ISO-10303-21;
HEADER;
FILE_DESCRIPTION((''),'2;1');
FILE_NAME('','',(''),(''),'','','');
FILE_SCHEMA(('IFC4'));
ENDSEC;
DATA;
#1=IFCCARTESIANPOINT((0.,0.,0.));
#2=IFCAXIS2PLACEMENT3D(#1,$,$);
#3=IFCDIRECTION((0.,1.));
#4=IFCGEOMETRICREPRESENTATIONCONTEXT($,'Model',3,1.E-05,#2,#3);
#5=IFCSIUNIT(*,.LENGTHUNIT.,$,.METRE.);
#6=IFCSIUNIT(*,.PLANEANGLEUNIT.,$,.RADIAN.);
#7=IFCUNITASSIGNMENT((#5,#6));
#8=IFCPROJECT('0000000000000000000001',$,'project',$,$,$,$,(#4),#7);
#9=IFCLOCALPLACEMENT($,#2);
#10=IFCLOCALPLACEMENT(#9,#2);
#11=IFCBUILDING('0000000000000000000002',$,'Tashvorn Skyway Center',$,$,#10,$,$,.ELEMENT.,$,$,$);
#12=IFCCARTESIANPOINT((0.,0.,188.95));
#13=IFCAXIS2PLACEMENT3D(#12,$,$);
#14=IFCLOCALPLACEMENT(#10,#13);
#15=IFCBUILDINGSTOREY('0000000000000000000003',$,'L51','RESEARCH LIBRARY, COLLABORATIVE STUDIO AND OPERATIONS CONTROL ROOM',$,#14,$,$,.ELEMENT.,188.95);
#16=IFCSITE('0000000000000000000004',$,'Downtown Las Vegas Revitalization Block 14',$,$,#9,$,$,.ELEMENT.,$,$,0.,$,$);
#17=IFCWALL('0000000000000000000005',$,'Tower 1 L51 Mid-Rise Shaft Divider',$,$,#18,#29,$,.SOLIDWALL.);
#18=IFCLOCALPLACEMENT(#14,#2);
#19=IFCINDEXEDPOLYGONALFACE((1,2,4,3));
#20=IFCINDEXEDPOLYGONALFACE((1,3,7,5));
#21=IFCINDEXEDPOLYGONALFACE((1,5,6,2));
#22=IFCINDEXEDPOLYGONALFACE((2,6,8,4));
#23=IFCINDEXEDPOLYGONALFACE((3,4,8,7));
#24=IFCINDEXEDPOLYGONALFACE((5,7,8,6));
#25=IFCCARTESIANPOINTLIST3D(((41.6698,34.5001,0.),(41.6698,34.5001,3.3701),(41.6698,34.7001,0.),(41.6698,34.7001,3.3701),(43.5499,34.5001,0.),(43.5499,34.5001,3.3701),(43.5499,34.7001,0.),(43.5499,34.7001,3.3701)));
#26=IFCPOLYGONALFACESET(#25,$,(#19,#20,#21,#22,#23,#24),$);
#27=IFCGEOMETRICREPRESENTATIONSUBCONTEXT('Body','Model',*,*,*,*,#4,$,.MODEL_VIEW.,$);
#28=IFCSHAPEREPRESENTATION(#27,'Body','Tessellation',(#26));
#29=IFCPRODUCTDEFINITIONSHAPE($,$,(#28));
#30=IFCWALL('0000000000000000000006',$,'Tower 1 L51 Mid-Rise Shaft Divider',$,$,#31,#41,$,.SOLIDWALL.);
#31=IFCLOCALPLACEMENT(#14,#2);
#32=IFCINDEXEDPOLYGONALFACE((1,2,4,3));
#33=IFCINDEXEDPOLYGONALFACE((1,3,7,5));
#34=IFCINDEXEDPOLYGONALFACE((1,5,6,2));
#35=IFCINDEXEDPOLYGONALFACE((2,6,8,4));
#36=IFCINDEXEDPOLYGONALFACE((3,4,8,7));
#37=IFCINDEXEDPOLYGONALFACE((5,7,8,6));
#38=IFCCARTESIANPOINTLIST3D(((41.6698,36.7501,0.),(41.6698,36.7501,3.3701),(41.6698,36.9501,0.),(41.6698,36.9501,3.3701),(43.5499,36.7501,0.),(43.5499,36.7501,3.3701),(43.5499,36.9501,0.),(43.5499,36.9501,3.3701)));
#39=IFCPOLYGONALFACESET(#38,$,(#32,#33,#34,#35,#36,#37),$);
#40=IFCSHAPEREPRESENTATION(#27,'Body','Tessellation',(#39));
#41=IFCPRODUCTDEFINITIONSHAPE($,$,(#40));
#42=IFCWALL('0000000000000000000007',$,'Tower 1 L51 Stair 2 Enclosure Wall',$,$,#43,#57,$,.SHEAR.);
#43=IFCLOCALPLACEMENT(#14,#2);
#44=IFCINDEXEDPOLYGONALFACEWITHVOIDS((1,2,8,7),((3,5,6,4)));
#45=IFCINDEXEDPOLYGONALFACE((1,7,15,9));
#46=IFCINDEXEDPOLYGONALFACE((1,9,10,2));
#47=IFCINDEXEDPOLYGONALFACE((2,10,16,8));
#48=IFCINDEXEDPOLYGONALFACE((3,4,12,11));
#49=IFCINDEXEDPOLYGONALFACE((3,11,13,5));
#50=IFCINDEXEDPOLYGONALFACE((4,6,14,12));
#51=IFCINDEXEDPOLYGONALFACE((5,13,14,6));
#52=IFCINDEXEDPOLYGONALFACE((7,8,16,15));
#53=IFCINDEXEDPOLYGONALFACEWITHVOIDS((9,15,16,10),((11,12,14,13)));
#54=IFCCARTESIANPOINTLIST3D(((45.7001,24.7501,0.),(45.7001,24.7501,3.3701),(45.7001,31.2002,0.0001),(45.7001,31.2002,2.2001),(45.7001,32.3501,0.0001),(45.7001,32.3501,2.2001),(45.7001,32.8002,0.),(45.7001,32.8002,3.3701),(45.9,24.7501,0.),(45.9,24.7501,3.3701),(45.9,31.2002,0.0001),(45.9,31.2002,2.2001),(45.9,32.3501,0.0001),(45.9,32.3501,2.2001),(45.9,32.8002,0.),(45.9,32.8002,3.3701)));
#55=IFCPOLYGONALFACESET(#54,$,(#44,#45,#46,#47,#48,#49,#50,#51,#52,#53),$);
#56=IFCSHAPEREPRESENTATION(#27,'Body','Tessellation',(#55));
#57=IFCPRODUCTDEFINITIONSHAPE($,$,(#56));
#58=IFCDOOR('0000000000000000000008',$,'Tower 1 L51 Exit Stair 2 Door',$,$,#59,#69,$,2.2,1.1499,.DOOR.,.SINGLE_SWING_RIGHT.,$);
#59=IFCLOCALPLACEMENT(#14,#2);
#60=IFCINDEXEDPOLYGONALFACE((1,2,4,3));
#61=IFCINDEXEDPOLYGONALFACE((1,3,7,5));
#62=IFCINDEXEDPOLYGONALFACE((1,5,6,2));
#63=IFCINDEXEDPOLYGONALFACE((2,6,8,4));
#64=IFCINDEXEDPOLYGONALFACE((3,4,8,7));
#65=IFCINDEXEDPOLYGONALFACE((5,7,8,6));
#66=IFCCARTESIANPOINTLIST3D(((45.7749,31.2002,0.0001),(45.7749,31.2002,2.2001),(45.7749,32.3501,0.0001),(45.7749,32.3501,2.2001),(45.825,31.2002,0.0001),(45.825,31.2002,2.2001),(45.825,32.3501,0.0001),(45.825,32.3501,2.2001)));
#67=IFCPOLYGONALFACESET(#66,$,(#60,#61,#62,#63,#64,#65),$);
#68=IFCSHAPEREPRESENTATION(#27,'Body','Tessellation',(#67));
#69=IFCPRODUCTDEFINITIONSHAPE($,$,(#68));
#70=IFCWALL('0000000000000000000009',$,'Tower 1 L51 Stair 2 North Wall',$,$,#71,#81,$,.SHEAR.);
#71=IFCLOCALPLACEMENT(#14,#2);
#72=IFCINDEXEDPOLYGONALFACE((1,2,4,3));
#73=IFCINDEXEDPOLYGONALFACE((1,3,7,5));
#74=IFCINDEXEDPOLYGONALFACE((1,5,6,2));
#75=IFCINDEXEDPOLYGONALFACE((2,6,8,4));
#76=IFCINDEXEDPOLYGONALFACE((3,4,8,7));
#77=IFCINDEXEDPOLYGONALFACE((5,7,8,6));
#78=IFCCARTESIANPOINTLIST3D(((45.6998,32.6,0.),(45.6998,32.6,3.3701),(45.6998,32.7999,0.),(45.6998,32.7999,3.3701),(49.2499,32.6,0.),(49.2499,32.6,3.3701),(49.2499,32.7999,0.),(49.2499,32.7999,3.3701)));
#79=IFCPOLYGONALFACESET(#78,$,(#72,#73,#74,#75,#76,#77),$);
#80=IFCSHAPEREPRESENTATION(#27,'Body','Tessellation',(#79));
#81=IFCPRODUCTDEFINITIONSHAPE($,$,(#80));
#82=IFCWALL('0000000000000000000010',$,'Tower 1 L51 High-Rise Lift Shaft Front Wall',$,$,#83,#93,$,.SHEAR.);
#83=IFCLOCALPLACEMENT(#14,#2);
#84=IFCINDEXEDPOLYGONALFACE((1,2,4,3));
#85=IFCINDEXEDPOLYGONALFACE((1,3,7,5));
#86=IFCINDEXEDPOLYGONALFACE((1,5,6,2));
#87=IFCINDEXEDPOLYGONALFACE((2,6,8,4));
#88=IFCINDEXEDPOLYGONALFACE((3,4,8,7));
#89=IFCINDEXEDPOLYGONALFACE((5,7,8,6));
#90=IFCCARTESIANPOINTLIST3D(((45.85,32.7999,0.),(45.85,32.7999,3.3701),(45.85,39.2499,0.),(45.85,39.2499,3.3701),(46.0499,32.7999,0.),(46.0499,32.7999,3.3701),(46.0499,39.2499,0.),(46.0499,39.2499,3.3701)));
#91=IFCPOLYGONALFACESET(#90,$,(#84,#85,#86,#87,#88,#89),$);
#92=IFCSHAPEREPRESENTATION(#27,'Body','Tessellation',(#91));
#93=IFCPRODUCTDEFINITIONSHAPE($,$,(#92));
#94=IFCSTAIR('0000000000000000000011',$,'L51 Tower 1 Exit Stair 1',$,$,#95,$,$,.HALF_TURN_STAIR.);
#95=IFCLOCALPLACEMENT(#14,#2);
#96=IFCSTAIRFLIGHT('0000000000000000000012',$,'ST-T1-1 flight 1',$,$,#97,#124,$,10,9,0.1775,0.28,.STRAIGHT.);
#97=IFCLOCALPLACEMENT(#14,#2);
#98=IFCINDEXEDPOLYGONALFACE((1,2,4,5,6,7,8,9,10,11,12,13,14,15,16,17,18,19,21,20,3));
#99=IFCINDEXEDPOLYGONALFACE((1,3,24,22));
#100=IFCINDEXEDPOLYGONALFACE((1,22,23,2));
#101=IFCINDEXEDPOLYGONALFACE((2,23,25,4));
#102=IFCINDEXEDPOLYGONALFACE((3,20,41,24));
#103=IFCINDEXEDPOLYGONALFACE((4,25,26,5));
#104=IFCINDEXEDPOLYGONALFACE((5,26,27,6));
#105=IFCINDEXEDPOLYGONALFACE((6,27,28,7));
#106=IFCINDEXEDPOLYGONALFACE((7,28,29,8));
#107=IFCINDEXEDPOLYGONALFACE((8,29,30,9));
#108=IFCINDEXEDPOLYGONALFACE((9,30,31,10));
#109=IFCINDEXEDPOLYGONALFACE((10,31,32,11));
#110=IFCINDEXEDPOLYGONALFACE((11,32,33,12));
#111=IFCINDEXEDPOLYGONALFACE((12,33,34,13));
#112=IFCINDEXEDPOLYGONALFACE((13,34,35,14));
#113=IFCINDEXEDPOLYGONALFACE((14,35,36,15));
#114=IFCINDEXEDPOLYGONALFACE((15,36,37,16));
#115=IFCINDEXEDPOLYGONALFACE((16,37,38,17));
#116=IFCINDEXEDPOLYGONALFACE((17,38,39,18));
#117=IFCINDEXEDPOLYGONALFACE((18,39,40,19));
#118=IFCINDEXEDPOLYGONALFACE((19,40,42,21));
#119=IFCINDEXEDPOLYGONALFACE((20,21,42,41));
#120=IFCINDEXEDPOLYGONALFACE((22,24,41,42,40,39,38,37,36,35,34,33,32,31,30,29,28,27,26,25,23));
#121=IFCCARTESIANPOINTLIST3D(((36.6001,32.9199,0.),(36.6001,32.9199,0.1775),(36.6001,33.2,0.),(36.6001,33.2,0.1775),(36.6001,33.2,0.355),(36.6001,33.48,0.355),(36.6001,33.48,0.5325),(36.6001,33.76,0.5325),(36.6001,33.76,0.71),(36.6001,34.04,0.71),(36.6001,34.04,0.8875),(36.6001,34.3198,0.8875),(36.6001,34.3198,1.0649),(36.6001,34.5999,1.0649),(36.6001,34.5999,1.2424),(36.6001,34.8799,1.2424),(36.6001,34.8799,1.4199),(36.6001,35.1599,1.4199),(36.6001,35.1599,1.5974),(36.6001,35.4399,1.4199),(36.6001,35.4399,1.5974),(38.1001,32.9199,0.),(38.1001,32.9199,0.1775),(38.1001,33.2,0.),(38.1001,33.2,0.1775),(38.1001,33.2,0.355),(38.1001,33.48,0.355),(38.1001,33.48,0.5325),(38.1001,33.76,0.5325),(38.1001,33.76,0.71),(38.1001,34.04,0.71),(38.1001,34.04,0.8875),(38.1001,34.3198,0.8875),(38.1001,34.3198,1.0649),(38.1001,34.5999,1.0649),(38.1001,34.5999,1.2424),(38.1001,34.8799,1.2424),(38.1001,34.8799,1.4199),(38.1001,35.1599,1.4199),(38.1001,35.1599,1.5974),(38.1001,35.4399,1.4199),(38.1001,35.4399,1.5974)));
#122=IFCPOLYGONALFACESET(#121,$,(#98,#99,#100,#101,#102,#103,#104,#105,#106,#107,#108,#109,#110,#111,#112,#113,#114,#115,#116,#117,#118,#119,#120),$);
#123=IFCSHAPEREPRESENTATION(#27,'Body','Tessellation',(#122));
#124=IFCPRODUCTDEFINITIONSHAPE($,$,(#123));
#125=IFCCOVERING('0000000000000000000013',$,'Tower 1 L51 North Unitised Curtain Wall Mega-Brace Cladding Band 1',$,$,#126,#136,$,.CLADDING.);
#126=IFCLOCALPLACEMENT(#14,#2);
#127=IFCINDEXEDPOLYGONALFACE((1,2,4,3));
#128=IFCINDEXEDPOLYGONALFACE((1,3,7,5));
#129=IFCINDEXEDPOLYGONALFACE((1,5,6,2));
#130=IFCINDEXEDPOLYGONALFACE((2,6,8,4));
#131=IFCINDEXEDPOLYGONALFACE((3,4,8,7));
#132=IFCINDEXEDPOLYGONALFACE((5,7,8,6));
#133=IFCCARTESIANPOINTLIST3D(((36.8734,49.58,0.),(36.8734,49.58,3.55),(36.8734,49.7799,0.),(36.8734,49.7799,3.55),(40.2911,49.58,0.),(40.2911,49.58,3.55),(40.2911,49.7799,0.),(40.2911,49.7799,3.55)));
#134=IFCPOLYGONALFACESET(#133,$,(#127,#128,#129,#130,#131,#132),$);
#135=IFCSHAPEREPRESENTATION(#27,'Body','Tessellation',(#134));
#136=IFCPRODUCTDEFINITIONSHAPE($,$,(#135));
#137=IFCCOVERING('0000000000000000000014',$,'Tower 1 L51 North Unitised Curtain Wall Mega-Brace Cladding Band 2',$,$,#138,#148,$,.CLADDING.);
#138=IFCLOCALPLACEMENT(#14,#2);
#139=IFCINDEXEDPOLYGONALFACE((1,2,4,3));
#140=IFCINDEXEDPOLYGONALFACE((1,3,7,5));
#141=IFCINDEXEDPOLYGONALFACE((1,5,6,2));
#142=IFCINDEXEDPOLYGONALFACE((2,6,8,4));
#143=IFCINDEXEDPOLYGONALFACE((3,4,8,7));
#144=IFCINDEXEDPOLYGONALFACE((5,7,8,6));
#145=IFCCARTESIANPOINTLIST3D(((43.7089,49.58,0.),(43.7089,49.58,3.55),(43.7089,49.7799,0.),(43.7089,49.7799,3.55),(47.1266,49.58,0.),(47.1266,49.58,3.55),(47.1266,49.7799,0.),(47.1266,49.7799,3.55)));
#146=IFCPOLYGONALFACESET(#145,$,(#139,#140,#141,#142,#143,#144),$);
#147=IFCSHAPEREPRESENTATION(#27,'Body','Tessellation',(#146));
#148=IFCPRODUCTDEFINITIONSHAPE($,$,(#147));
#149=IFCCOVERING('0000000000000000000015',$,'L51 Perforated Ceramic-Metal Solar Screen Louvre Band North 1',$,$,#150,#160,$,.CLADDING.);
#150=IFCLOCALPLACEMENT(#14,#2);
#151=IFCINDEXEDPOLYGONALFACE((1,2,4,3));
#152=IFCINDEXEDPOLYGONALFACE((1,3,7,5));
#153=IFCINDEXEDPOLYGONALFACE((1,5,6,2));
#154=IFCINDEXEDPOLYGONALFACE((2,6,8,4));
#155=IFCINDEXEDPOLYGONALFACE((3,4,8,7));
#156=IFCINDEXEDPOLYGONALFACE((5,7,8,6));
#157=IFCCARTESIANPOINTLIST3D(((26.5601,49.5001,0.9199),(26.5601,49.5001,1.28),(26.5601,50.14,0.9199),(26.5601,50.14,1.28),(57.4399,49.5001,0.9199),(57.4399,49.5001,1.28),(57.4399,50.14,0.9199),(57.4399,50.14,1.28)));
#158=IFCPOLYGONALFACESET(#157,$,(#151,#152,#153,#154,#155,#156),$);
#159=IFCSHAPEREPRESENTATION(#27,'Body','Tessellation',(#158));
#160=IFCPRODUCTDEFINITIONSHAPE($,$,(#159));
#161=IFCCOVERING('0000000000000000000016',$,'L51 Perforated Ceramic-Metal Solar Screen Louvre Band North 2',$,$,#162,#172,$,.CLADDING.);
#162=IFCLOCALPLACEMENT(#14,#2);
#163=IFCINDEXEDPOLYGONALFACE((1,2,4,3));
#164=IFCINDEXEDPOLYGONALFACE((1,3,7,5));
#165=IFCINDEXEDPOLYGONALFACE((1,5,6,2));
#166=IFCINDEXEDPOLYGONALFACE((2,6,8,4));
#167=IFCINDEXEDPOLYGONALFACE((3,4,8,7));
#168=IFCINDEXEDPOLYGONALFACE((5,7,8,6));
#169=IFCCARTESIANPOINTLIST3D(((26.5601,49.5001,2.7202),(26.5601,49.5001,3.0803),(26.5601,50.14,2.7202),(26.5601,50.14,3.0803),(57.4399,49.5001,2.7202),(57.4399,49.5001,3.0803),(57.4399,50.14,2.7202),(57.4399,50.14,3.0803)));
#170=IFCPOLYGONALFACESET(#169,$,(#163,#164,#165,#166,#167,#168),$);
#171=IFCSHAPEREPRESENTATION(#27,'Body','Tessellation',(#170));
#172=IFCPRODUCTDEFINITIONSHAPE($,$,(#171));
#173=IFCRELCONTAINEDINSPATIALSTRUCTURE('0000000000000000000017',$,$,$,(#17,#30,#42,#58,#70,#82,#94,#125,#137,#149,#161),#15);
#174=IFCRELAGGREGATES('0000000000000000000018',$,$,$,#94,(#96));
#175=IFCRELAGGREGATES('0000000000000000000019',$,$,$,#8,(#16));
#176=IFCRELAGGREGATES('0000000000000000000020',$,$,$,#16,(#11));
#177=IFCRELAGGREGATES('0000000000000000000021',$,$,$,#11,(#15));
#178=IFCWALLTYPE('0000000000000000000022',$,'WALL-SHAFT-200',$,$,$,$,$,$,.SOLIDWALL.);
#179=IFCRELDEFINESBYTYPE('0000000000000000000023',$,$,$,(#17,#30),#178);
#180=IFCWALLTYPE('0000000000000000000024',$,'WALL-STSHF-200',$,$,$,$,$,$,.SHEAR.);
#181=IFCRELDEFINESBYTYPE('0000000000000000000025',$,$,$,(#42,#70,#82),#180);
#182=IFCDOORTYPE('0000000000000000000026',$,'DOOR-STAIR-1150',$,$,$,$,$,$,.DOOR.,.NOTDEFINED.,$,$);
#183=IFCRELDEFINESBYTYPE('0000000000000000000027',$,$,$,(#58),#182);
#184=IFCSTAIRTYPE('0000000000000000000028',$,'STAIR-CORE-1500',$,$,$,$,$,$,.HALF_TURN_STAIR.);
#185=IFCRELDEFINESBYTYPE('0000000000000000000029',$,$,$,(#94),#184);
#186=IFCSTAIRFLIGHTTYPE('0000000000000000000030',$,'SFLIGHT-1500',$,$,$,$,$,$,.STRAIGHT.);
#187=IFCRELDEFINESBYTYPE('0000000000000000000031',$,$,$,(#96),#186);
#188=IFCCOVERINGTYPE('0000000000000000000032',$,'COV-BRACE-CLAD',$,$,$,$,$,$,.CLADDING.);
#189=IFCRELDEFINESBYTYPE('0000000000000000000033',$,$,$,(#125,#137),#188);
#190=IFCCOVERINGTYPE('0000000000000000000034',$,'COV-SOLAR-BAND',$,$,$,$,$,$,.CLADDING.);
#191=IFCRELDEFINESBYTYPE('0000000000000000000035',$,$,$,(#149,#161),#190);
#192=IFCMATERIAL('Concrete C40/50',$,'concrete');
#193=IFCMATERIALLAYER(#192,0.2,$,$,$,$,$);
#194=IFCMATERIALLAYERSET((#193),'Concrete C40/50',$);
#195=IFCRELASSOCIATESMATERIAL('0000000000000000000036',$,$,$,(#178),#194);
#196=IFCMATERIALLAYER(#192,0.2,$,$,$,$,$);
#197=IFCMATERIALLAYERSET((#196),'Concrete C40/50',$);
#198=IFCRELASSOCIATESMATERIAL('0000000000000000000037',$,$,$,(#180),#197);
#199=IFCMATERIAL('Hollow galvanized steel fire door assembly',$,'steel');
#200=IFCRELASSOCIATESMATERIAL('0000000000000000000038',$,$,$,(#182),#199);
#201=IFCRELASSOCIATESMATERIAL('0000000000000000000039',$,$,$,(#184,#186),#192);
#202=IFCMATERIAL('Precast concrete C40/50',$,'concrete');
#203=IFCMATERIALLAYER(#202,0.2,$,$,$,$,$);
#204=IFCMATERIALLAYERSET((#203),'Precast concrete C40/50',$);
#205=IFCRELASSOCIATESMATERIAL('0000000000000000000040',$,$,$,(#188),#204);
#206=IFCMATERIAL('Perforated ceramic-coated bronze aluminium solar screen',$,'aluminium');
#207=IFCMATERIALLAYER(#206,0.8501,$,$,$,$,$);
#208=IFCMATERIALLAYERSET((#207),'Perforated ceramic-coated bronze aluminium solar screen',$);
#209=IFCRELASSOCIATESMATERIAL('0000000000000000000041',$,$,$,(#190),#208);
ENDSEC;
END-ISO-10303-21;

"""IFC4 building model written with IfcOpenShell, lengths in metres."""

from ifc_helpers import new_model, si_unit, direction, frame, frame_2d, origin, origin_2d, place, context, subcontext, project, spatial, polyline, rectangle, outline, extrude, material, layer, layer_set, type_object, element, fill, aggregate, save


model = new_model("IFC4")

# Units and contexts
model_context = context("Model", 3, precision=1e-05, world=origin(), true_north=direction((0.0, 1.0)))
body_context = subcontext(model_context, "Body", "Model", "MODEL_VIEW")
ifc_project = project(units=[si_unit("LENGTHUNIT", "METRE"), si_unit("PLANEANGLEUNIT", "RADIAN")], contexts=[model_context])

# Site, building, storey
site_placement = place(None, origin())
site = spatial("IfcSite", under=ifc_project, at=site_placement, Name="Downtown Las Vegas Revitalization Block 14", CompositionType="ELEMENT", RefElevation=0.0)
building_placement = place(site_placement, origin())
building = spatial("IfcBuilding", under=site, at=building_placement, Name="Tashvorn Skyway Center", CompositionType="ELEMENT")
storey_placement = place(building_placement, frame((0.0, 0.0, 188.95)))
storey = spatial("IfcBuildingStorey", under=building, at=storey_placement, Name="L51", Description="RESEARCH LIBRARY, COLLABORATIVE STUDIO AND OPERATIONS CONTROL ROOM", CompositionType="ELEMENT", Elevation=188.95)

# Shared definitions
ifc_material_1 = material(Name="Concrete C40/50", Category="concrete")
ifc_material_2 = material(Name="Hollow galvanized steel fire door assembly", Category="steel")

# Walls
ifc_layer_1 = layer(ifc_material_1, 0.2)
ifc_layer_set_1 = layer_set([ifc_layer_1], Name="Concrete C40/50")
wall_type_1 = type_object("IfcWallType", Name="WALL-SHAFT-200", PredefinedType="SOLIDWALL", material=ifc_layer_set_1)
for number, where, z_axis, x_axis, name in (
    (1, (41.6699, 34.6001, 0.0), (0.0, 0.0, 1.0), (1.0, 0.0, 0.0), "Tower 1 L51 Mid-Rise Shaft Divider"),
    (2, (41.6699, 36.8501, 0.0), (0.0, 0.0, 1.0), (1.0, 0.0, 0.0), "Tower 1 L51 Mid-Rise Shaft Divider"),
):
    element("IfcWall", number, at=place(storey_placement, frame(where, z_axis=z_axis, x_axis=x_axis)), inside=storey, type_object=wall_type_1, Name=name, PredefinedType="SOLIDWALL", context=body_context, shape_type="SweptSolid", body=[
        extrude(rectangle(XDim=1.8801, YDim=0.2, at=frame_2d((0.9399, 0.0))), origin(), (0.0, 0.0, 1.0), 3.3701),
    ])

# Wall, opening, door
ifc_layer_2 = layer(ifc_material_1, 0.2)
ifc_layer_set_2 = layer_set([ifc_layer_2], Name="Concrete C40/50")
wall_type_2 = type_object("IfcWallType", Name="WALL-STSHF-200", PredefinedType="SHEAR", material=ifc_layer_set_2)
wall_1_placement = place(storey_placement, frame((45.8, 32.8, 0.0), z_axis=(0.0, 0.0, 1.0), x_axis=(0.0, -1.0, 0.0)))
wall_1 = element("IfcWall", 3, at=wall_1_placement, inside=storey, type_object=wall_type_2, Name="Tower 1 L51 Stair 2 Enclosure Wall", PredefinedType="SHEAR", context=body_context, shape_type="SweptSolid", body=[
    extrude(rectangle(XDim=8.05, YDim=0.2, at=frame_2d((4.0249, 0.0))), origin(), (0.0, 0.0, 1.0), 3.3701),
])
opening_1_placement = place(wall_1_placement, frame((0.45, 0.0, 0.0)))
opening_1 = element("IfcOpeningElement", 4, at=opening_1_placement, cuts=wall_1, PredefinedType="OPENING", context=body_context, shape_type="SweptSolid", body=[
    extrude(rectangle(XDim=1.1499, YDim=2.2, at=frame_2d((0.575, 1.1001))), frame((0.0, 0.1099, 0.0), z_axis=(0.0, -1.0, 0.0), x_axis=(1.0, 0.0, 0.0)), (0.0, 0.0, 1.0), 0.22),
])
door_type_1 = type_object("IfcDoorType", Name="DOOR-STAIR-1150", OperationType="NOTDEFINED", PredefinedType="DOOR", material=ifc_material_2)
door_1_placement = place(opening_1_placement, origin())
door_1 = element("IfcDoor", 5, at=door_1_placement, inside=storey, type_object=door_type_1, Name="Tower 1 L51 Exit Stair 2 Door", OperationType="SINGLE_SWING_RIGHT", OverallHeight=2.2, OverallWidth=1.1499, PredefinedType="DOOR", context=body_context, shape_type="SweptSolid", body=[
    extrude(rectangle(XDim=1.1499, YDim=2.2, at=frame_2d((0.575, 1.1001))), frame((0.0, 0.0249, 0.0), z_axis=(0.0, -1.0, 0.0), x_axis=(1.0, 0.0, 0.0)), (0.0, 0.0, 1.0), 0.05),
])
fill(opening_1, door_1)

# Walls
wall_2_placement = place(storey_placement, frame((45.7, 32.7, 0.0), z_axis=(0.0, 0.0, 1.0), x_axis=(1.0, 0.0, 0.0)))
element("IfcWall", 6, at=wall_2_placement, inside=storey, type_object=wall_type_2, Name="Tower 1 L51 Stair 2 North Wall", PredefinedType="SHEAR", context=body_context, shape_type="SweptSolid", body=[
    extrude(rectangle(XDim=3.55, YDim=0.2, at=frame_2d((1.7749, 0.0))), origin(), (0.0, 0.0, 1.0), 3.3701),
])
wall_3_placement = place(storey_placement, frame((45.95, 39.25, 0.0), z_axis=(0.0, 0.0, 1.0), x_axis=(0.0, -1.0, 0.0)))
element("IfcWall", 7, at=wall_3_placement, inside=storey, type_object=wall_type_2, Name="Tower 1 L51 High-Rise Lift Shaft Front Wall", PredefinedType="SHEAR", context=body_context, shape_type="SweptSolid", body=[
    extrude(rectangle(XDim=6.45, YDim=0.2, at=frame_2d((3.2251, 0.0))), origin(), (0.0, 0.0, 1.0), 3.3701),
])

# Stair, stair flight
stair_type = type_object("IfcStairType", Name="STAIR-CORE-1500", PredefinedType="HALF_TURN_STAIR", material=ifc_material_1)
stair_placement = place(storey_placement, origin())
stair = element("IfcStair", 8, at=stair_placement, inside=storey, type_object=stair_type, Name="L51 Tower 1 Exit Stair 1", PredefinedType="HALF_TURN_STAIR")
stair_flight_type = type_object("IfcStairFlightType", Name="SFLIGHT-1500", PredefinedType="STRAIGHT", material=ifc_material_1)
stair_flight_placement = place(storey_placement, frame((37.3501, 32.9199, 0.0), z_axis=(0.0, 0.0, 1.0), x_axis=(0.0, 1.0, 0.0)))
stair_flight = element("IfcStairFlight", 9, at=stair_flight_placement, type_object=stair_flight_type, Name="ST-T1-1 flight 1", NumberOfRisers=10, NumberOfTreads=9, PredefinedType="STRAIGHT", RiserHeight=0.1775, TreadLength=0.28, context=body_context, shape_type="SweptSolid", body=[
    extrude(outline(polyline([(0.0, 0.0), (0.0, 0.1775), (0.28, 0.1775), (0.28, 0.355), (0.5601, 0.355), (0.5601, 0.5325), (0.8401, 0.5325), (0.8401, 0.71), (1.1201, 0.71), (1.1201, 0.8875), (1.3999, 0.8875), (1.3999, 1.0649), (1.6799, 1.0649), (1.6799, 1.2424), (1.96, 1.2424), (1.96, 1.4199), (2.24, 1.4199), (2.24, 1.5974), (2.52, 1.5974), (2.52, 1.7749), (2.52, 1.4199), (0.28, 0.0), (0.0, 0.0)])), frame((0.0, 0.75, 0.0), z_axis=(0.0, -1.0, 0.0), x_axis=(1.0, 0.0, 0.0)), (0.0, 0.0, 1.0), 1.5),
])
aggregate(stair, [stair_flight])

# Coverings
ifc_material_3 = material(Name="Precast concrete C40/50", Category="concrete")
ifc_layer_3 = layer(ifc_material_3, 0.2)
ifc_layer_set_3 = layer_set([ifc_layer_3], Name="Precast concrete C40/50")
covering_type_1 = type_object("IfcCoveringType", Name="COV-BRACE-CLAD", PredefinedType="CLADDING", material=ifc_layer_set_3)
for number, where, z_axis, x_axis, name in (
    (10, (38.5823, 49.6799, 0.0), (0.0, 0.0, 1.0), (1.0, 0.0, 0.0), "Tower 1 L51 North Unitised Curtain Wall Mega-Brace Cladding Band 1"),
    (11, (45.4177, 49.6799, 0.0), (0.0, 0.0, 1.0), (1.0, 0.0, 0.0), "Tower 1 L51 North Unitised Curtain Wall Mega-Brace Cladding Band 2"),
):
    element("IfcCovering", number, at=place(storey_placement, frame(where, z_axis=z_axis, x_axis=x_axis)), inside=storey, type_object=covering_type_1, Name=name, PredefinedType="CLADDING", context=body_context, shape_type="SweptSolid", body=[
        extrude(rectangle(XDim=3.4177, YDim=0.2, at=origin_2d()), origin(), (0.0, 0.0, 1.0), 3.55),
    ])
ifc_material_4 = material(Name="Perforated ceramic-coated bronze aluminium solar screen", Category="aluminium")
ifc_layer_4 = layer(ifc_material_4, 0.8501)
ifc_layer_set_4 = layer_set([ifc_layer_4], Name="Perforated ceramic-coated bronze aluminium solar screen")
covering_type_2 = type_object("IfcCoveringType", Name="COV-SOLAR-BAND", PredefinedType="CLADDING", material=ifc_layer_set_4)
for number, where, z_axis, x_axis, name in (
    (12, (42.0, 49.8201, 0.9199), (0.0, 0.0, 1.0), (1.0, 0.0, 0.0), "L51 Perforated Ceramic-Metal Solar Screen Louvre Band North 1"),
    (13, (42.0, 49.8201, 2.7202), (0.0, 0.0, 1.0), (1.0, 0.0, 0.0), "L51 Perforated Ceramic-Metal Solar Screen Louvre Band North 2"),
):
    element("IfcCovering", number, at=place(storey_placement, frame(where, z_axis=z_axis, x_axis=x_axis)), inside=storey, type_object=covering_type_2, Name=name, PredefinedType="CLADDING", context=body_context, shape_type="SweptSolid", body=[
        extrude(rectangle(XDim=30.8799, YDim=0.6399, at=origin_2d()), origin(), (0.0, 0.0, 1.0), 0.3601),
    ])

save(model, "model.ifc")
